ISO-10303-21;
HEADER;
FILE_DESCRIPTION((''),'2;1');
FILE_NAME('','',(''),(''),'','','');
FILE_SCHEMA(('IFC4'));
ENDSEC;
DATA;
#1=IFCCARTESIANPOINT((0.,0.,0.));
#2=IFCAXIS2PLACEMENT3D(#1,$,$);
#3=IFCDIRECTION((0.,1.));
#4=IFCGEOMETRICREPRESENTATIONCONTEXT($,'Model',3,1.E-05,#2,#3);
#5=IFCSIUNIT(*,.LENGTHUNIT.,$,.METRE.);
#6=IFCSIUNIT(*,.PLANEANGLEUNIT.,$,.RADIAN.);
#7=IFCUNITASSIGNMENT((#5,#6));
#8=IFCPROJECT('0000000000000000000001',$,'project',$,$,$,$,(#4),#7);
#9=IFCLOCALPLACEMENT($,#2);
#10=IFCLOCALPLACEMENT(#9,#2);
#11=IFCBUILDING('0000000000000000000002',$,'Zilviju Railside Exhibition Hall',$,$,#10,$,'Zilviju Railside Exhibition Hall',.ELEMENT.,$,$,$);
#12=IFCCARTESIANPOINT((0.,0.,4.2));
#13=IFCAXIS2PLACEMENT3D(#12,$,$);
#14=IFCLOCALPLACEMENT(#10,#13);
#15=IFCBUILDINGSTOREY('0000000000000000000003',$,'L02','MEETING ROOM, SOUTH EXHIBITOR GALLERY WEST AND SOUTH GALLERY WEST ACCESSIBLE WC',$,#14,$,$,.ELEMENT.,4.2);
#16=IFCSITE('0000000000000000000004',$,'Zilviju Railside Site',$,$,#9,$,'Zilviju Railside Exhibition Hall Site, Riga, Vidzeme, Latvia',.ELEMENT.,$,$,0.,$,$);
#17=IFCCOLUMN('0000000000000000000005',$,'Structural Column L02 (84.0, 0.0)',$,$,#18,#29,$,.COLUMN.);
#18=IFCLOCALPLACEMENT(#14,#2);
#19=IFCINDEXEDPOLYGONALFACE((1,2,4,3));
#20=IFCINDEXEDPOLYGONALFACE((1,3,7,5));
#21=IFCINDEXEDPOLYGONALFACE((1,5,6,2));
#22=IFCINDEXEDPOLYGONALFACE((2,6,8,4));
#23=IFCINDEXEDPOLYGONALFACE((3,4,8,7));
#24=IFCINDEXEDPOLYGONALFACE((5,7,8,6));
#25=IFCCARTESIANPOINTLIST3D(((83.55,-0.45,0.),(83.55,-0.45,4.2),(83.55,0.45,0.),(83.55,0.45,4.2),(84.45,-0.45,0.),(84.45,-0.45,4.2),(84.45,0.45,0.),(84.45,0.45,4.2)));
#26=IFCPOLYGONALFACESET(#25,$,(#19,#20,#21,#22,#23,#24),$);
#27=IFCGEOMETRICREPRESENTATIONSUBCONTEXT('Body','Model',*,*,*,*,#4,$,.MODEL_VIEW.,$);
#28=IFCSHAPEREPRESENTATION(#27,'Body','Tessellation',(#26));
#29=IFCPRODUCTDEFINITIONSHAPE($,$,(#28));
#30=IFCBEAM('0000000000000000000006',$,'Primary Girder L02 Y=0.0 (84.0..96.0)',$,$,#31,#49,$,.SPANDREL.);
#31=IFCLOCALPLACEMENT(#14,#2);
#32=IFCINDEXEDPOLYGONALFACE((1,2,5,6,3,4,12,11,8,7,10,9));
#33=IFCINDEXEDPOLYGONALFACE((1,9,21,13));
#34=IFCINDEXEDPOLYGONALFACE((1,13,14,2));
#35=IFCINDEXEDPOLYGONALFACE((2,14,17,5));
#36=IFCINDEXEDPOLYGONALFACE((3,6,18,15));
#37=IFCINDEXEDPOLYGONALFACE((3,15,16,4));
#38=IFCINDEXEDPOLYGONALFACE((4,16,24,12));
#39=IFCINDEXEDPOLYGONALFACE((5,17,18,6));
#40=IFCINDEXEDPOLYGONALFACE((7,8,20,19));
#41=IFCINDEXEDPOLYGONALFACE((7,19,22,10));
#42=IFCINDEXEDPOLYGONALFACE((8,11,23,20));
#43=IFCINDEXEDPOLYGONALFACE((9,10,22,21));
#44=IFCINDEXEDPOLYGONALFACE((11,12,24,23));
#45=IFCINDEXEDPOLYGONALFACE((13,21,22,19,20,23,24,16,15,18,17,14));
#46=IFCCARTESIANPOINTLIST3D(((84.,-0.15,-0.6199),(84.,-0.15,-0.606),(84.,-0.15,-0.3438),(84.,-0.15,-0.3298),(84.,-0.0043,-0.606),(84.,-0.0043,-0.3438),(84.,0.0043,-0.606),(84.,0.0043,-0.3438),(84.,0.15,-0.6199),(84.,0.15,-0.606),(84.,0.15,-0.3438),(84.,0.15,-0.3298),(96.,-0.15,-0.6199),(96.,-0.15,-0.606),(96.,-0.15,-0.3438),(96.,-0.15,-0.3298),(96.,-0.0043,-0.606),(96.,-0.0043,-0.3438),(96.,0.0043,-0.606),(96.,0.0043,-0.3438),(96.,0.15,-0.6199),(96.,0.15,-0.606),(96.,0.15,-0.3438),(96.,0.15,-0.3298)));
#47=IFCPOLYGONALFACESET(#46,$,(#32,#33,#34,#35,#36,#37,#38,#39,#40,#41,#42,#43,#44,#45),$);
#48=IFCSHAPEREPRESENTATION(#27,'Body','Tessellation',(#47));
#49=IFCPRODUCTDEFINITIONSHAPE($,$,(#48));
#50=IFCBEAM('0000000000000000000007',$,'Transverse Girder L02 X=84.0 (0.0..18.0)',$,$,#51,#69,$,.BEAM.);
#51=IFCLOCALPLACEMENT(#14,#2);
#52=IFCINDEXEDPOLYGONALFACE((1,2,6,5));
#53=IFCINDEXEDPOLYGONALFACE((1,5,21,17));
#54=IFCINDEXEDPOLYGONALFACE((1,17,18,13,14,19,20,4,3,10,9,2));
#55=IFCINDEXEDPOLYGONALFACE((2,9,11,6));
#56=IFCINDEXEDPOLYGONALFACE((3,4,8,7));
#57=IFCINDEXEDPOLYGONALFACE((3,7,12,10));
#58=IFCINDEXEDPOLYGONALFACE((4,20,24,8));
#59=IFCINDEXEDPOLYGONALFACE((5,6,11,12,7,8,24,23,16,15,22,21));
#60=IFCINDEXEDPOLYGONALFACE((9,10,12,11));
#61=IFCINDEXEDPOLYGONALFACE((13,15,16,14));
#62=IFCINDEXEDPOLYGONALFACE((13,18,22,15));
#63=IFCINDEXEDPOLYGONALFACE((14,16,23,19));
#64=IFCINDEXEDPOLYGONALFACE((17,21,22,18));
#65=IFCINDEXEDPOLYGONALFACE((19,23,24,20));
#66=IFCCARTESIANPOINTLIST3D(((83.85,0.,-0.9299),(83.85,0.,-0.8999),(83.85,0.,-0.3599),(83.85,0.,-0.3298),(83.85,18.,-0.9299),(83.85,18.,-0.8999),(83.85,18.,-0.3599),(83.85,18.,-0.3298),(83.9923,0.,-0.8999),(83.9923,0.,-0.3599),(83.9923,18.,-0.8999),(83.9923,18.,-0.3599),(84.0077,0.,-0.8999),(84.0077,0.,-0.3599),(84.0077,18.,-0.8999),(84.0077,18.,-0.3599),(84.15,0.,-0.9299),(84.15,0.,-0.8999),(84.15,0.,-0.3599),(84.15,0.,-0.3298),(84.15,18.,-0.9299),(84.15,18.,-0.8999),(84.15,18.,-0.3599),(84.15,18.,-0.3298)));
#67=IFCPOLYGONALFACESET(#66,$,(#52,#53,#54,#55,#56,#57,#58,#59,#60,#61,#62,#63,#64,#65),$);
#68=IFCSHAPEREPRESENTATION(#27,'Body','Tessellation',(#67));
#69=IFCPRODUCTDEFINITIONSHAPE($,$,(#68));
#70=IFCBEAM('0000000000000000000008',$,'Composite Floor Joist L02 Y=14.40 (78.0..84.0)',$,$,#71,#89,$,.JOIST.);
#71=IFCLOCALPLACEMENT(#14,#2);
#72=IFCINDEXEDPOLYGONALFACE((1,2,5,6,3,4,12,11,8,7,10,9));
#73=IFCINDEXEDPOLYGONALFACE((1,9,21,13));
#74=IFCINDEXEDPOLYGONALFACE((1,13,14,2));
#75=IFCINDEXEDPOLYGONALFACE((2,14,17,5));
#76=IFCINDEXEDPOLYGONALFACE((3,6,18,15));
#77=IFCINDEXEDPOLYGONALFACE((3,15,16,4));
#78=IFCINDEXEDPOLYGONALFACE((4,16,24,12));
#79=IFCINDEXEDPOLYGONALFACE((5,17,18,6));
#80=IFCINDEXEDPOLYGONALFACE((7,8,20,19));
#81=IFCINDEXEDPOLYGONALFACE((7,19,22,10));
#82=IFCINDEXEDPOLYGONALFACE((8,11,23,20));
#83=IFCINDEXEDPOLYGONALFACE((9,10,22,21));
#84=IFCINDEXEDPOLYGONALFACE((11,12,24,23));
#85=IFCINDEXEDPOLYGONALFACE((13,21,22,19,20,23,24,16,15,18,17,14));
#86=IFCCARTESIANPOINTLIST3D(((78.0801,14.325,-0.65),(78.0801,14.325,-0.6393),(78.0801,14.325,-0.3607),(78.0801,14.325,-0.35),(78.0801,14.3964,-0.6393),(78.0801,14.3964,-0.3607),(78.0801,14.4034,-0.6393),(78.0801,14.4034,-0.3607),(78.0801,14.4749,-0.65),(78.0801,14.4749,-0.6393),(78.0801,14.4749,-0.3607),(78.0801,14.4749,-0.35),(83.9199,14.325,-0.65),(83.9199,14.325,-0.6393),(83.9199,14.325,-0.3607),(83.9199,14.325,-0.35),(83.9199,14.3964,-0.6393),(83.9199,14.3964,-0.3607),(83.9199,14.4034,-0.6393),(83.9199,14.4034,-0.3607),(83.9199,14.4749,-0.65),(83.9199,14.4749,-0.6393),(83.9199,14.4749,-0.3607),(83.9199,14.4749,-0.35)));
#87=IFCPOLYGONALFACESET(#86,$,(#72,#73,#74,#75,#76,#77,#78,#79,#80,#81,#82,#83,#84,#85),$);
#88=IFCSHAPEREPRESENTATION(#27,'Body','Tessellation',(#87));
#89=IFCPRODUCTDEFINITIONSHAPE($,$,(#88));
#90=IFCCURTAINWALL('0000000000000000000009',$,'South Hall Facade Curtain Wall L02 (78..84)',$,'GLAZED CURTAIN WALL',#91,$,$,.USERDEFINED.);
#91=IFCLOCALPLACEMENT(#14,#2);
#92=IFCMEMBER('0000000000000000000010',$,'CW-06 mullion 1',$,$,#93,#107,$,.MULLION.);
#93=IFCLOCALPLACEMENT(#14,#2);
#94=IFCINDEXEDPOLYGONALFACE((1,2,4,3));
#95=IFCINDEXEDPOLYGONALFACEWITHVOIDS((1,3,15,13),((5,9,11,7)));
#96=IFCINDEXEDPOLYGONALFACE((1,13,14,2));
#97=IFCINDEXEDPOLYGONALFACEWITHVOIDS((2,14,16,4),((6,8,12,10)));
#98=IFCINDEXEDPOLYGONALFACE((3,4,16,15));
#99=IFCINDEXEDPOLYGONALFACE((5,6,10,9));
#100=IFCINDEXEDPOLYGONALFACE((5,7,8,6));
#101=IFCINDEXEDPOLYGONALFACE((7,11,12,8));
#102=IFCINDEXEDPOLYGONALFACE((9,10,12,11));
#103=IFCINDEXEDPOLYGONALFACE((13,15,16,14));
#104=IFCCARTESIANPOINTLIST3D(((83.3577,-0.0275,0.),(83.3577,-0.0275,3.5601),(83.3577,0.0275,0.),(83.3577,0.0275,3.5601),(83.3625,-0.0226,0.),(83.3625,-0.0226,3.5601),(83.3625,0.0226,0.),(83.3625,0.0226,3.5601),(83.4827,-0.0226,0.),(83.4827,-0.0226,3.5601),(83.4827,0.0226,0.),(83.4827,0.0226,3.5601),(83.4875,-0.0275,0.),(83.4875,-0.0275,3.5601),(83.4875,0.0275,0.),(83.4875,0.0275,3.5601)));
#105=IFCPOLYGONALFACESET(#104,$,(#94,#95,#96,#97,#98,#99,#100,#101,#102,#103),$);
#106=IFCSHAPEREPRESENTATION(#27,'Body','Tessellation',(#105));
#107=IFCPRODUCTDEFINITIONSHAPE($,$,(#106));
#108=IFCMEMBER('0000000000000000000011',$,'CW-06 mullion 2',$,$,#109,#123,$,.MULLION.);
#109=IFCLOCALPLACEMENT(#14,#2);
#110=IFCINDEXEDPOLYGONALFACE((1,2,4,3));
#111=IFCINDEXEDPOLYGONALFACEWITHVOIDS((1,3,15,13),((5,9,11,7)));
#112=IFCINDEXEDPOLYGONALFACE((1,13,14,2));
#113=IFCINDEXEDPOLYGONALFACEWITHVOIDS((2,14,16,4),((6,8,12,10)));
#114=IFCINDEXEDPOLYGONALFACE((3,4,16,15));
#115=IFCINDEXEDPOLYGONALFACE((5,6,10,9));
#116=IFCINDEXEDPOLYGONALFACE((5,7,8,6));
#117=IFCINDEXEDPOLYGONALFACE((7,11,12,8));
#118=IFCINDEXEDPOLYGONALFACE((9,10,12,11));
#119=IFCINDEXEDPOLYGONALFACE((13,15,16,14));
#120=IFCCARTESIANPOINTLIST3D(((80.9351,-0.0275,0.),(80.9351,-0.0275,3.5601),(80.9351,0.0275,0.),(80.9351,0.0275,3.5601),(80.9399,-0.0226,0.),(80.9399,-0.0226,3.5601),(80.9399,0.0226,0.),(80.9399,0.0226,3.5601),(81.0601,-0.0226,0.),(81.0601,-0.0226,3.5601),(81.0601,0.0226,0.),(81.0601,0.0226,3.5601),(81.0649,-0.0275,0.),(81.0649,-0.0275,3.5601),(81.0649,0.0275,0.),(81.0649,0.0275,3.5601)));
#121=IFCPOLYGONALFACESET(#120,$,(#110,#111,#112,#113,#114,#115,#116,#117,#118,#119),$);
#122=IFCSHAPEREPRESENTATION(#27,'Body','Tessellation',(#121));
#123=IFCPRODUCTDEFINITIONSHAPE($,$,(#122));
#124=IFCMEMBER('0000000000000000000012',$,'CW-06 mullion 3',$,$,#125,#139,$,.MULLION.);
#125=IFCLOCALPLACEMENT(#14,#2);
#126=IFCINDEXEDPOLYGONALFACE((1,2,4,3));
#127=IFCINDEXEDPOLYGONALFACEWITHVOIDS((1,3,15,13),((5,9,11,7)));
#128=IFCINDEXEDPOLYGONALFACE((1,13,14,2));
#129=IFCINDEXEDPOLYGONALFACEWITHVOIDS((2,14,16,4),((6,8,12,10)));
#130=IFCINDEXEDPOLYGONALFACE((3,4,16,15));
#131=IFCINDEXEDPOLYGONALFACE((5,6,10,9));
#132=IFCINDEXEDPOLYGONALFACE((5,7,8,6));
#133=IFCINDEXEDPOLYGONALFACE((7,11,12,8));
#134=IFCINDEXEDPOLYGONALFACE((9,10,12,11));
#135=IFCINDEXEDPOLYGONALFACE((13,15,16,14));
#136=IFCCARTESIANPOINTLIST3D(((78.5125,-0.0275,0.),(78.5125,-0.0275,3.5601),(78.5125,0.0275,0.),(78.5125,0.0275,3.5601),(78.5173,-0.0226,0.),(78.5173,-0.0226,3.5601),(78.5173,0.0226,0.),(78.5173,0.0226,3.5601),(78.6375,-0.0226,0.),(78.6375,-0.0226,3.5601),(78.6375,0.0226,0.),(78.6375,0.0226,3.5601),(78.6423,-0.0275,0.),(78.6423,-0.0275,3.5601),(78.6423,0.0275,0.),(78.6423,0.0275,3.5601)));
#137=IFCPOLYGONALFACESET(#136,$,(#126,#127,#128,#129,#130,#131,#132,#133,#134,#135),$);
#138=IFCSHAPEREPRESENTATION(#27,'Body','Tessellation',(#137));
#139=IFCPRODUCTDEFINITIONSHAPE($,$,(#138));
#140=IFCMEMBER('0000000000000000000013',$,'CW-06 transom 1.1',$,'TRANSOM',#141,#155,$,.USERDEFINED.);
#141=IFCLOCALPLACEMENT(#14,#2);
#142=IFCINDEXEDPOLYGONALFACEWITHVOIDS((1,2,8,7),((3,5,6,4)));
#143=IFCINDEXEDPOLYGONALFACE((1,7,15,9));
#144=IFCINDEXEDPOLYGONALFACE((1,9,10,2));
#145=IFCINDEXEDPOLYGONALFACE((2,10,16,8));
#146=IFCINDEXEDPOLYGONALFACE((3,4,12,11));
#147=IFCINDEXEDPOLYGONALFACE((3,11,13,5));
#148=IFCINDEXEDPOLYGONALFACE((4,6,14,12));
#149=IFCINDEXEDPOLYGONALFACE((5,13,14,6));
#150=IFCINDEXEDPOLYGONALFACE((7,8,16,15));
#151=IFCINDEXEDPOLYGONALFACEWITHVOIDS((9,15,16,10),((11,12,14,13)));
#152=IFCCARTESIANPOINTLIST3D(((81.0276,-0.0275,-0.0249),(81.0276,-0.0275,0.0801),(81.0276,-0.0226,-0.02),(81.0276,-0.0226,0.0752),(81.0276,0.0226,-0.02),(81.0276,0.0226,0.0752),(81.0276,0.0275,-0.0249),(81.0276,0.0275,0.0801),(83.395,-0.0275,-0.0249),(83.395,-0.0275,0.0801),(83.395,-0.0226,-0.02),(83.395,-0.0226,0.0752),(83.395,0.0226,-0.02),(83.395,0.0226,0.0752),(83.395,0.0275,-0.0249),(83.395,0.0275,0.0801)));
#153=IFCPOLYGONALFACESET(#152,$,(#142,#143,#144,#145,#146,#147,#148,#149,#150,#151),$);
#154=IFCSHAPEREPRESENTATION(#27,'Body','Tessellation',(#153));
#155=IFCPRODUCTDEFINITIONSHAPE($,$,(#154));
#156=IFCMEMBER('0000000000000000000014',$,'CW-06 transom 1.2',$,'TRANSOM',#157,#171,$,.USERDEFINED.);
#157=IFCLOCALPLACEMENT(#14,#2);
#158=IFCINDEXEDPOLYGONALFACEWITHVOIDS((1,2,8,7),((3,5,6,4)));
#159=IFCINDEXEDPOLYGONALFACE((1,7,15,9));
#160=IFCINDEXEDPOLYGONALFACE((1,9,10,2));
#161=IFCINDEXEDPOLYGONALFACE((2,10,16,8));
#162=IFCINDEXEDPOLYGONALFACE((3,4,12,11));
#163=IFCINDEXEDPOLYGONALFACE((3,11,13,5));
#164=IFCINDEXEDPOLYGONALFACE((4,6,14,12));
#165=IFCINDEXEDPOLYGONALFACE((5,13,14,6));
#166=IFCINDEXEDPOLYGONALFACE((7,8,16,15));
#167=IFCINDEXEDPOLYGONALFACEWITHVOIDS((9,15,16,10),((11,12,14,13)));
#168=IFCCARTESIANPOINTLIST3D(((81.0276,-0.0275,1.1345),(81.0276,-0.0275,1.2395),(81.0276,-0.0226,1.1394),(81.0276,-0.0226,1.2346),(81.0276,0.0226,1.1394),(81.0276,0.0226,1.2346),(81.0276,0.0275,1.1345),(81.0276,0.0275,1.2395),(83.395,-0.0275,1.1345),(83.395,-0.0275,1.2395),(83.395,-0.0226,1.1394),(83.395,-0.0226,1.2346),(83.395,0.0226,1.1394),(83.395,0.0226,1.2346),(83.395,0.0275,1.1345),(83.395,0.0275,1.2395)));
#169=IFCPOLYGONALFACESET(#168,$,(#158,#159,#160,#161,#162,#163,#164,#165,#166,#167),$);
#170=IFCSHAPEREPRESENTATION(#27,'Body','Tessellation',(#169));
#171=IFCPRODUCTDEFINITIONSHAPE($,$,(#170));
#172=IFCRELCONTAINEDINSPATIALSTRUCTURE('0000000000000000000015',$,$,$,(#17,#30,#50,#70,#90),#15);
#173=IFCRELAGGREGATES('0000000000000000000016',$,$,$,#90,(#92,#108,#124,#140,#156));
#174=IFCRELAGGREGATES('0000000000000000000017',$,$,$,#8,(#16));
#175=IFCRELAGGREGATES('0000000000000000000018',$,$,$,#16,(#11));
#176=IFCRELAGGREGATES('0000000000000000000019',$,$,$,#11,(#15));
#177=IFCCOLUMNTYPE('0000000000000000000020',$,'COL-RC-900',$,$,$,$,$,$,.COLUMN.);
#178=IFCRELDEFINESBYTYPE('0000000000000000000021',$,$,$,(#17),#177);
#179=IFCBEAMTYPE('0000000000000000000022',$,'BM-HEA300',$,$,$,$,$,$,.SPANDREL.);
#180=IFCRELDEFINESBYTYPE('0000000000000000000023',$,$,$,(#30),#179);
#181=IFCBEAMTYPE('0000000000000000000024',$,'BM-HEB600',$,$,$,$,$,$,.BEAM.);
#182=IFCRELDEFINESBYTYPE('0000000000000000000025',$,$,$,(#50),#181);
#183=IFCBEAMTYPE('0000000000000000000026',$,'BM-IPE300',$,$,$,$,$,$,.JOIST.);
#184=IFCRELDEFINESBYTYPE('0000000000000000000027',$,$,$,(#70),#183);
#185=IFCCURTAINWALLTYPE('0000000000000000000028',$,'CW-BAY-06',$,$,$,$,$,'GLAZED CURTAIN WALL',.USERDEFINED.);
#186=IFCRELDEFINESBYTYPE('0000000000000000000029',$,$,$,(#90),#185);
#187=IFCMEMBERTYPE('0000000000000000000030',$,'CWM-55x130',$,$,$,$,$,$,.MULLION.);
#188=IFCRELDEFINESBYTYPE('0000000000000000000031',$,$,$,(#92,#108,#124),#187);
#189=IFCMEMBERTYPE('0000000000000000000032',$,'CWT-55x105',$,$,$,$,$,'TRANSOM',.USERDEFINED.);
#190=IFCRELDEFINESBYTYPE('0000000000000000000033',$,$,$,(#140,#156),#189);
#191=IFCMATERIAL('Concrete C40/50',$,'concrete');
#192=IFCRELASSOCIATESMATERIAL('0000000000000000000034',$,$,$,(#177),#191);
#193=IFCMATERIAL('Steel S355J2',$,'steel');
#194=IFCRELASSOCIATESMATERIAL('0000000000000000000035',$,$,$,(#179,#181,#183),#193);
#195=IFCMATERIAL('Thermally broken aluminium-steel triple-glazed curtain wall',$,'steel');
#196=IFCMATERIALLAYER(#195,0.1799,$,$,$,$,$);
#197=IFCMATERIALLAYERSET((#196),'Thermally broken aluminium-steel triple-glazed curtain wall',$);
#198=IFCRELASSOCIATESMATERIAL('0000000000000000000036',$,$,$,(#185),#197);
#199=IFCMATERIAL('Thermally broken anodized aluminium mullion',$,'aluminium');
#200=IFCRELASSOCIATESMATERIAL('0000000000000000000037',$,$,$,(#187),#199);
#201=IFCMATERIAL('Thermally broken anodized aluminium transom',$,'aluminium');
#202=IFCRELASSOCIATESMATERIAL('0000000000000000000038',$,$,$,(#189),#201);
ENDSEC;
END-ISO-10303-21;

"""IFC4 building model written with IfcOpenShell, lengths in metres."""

from ifc_helpers import new_model, si_unit, direction, frame, origin, origin_2d, place, context, subcontext, project, spatial, rectangle, hollow_rectangle, i_section, extrude, material, layer, layer_set, material_profile, profile_set, type_object, element, aggregate, save


model = new_model("IFC4")

# Units and contexts
model_context = context("Model", 3, precision=1e-05, world=origin(), true_north=direction((0.0, 1.0)))
body_context = subcontext(model_context, "Body", "Model", "MODEL_VIEW")
ifc_project = project(units=[si_unit("LENGTHUNIT", "METRE"), si_unit("PLANEANGLEUNIT", "RADIAN")], contexts=[model_context])

# Site, building, storey
site_placement = place(None, origin())
site = spatial("IfcSite", under=ifc_project, at=site_placement, Name="Zilviju Railside Site", LongName="Zilviju Railside Exhibition Hall Site, Riga, Vidzeme, Latvia", CompositionType="ELEMENT", RefElevation=0.0)
building_placement = place(site_placement, origin())
building = spatial("IfcBuilding", under=site, at=building_placement, Name="Zilviju Railside Exhibition Hall", LongName="Zilviju Railside Exhibition Hall", CompositionType="ELEMENT")
storey_placement = place(building_placement, frame((0.0, 0.0, 4.2)))
storey = spatial("IfcBuildingStorey", under=building, at=storey_placement, Name="L02", Description="MEETING ROOM, SOUTH EXHIBITOR GALLERY WEST AND SOUTH GALLERY WEST ACCESSIBLE WC", CompositionType="ELEMENT", Elevation=4.2)

# Column
ifc_material_1 = material(Name="Concrete C40/50", Category="concrete")
ifc_material_profile_1 = material_profile(ifc_material_1, rectangle(XDim=0.8999, YDim=0.8999, at=origin_2d()), Name="RC COL 900x900")
ifc_profile_set_1 = profile_set([ifc_material_profile_1], Name="Concrete C40/50")
column_type = type_object("IfcColumnType", Name="COL-RC-900", PredefinedType="COLUMN", material=ifc_profile_set_1)
column_placement = place(storey_placement, frame((84.0, 0.0, 0.0), z_axis=(0.0, 0.0, 1.0), x_axis=(1.0, 0.0, 0.0)))
element("IfcColumn", 1, at=column_placement, inside=storey, type_object=column_type, Name="Structural Column L02 (84.0, 0.0)", PredefinedType="COLUMN", context=body_context, shape_type="SweptSolid", body=[
    extrude(rectangle(XDim=0.8999, YDim=0.8999, at=origin_2d()), origin(), (0.0, 0.0, 1.0), 4.2),
])

# Beams
ifc_material_2 = material(Name="Steel S355J2", Category="steel")
ifc_material_profile_2 = material_profile(ifc_material_2, i_section(OverallWidth=0.3, OverallDepth=0.29, WebThickness=0.0085, FlangeThickness=0.0139, at=origin_2d()), Name="HEA 300")
ifc_profile_set_2 = profile_set([ifc_material_profile_2], Name="Steel S355J2")
beam_type_1 = type_object("IfcBeamType", Name="BM-HEA300", PredefinedType="SPANDREL", material=ifc_profile_set_2)
beam_1_placement = place(storey_placement, frame((84.0, 0.0, -0.4749), z_axis=(1.0, 0.0, 0.0), x_axis=(0.0, 1.0, 0.0)))
element("IfcBeam", 2, at=beam_1_placement, inside=storey, type_object=beam_type_1, Name="Primary Girder L02 Y=0.0 (84.0..96.0)", PredefinedType="SPANDREL", context=body_context, shape_type="SweptSolid", body=[
    extrude(i_section(OverallWidth=0.3, OverallDepth=0.29, WebThickness=0.0085, FlangeThickness=0.0139, at=origin_2d()), origin(), (0.0, 0.0, 1.0), 12.0),
])
ifc_material_profile_3 = material_profile(ifc_material_2, i_section(OverallWidth=0.3, OverallDepth=0.6001, WebThickness=0.0154, FlangeThickness=0.03, at=origin_2d()), Name="HEB 600")
ifc_profile_set_3 = profile_set([ifc_material_profile_3], Name="Steel S355J2")
beam_type_2 = type_object("IfcBeamType", Name="BM-HEB600", PredefinedType="BEAM", material=ifc_profile_set_3)
beam_2_placement = place(storey_placement, frame((84.0, 0.0, -0.6299), z_axis=(0.0, 1.0, 0.0), x_axis=(-1.0, 0.0, 0.0)))
element("IfcBeam", 3, at=beam_2_placement, inside=storey, type_object=beam_type_2, Name="Transverse Girder L02 X=84.0 (0.0..18.0)", PredefinedType="BEAM", context=body_context, shape_type="SweptSolid", body=[
    extrude(i_section(OverallWidth=0.3, OverallDepth=0.6001, WebThickness=0.0154, FlangeThickness=0.03, at=origin_2d()), origin(), (0.0, 0.0, 1.0), 18.0),
])
ifc_material_profile_4 = material_profile(ifc_material_2, i_section(OverallWidth=0.1499, OverallDepth=0.3, WebThickness=0.0071, FlangeThickness=0.0107, at=origin_2d()), Name="IPE 300")
ifc_profile_set_4 = profile_set([ifc_material_profile_4], Name="Steel S355J2")
beam_type_3 = type_object("IfcBeamType", Name="BM-IPE300", PredefinedType="JOIST", material=ifc_profile_set_4)
beam_3_placement = place(storey_placement, frame((78.0801, 14.3999, -0.5), z_axis=(1.0, 0.0, 0.0), x_axis=(0.0, 1.0, 0.0)))
element("IfcBeam", 4, at=beam_3_placement, inside=storey, type_object=beam_type_3, Name="Composite Floor Joist L02 Y=14.40 (78.0..84.0)", PredefinedType="JOIST", context=body_context, shape_type="SweptSolid", body=[
    extrude(i_section(OverallWidth=0.1499, OverallDepth=0.3, WebThickness=0.0071, FlangeThickness=0.0107, at=origin_2d()), origin(), (0.0, 0.0, 1.0), 5.8398),
])

# Curtain wall, members
ifc_material_3 = material(Name="Thermally broken aluminium-steel triple-glazed curtain wall", Category="steel")
ifc_layer_1 = layer(ifc_material_3, 0.1799)
ifc_layer_set_1 = layer_set([ifc_layer_1], Name="Thermally broken aluminium-steel triple-glazed curtain wall")
curtain_wall_type = type_object("IfcCurtainWallType", Name="CW-BAY-06", ElementType="GLAZED CURTAIN WALL", PredefinedType="USERDEFINED", material=ifc_layer_set_1)
curtain_wall_placement = place(storey_placement, origin())
curtain_wall = element("IfcCurtainWall", 5, at=curtain_wall_placement, inside=storey, type_object=curtain_wall_type, Name="South Hall Facade Curtain Wall L02 (78..84)", ObjectType="GLAZED CURTAIN WALL", PredefinedType="USERDEFINED")
ifc_material_4 = material(Name="Thermally broken anodized aluminium mullion", Category="aluminium")
ifc_material_profile_5 = material_profile(ifc_material_4, hollow_rectangle(XDim=0.0549, YDim=0.1299, WallThickness=0.0049, at=origin_2d()), Name="MULLION 130x55x5")
ifc_profile_set_5 = profile_set([ifc_material_profile_5], Name="Thermally broken anodized aluminium mullion")
member_type_1 = type_object("IfcMemberType", Name="CWM-55x130", PredefinedType="MULLION", material=ifc_profile_set_5)
member_1_placement = place(storey_placement, frame((83.4226, 0.0, 0.0), z_axis=(0.0, 0.0, 1.0), x_axis=(0.0, -1.0, 0.0)))
member_1 = element("IfcMember", 6, at=member_1_placement, type_object=member_type_1, Name="CW-06 mullion 1", PredefinedType="MULLION", context=body_context, shape_type="SweptSolid", body=[
    extrude(hollow_rectangle(XDim=0.0549, YDim=0.1299, WallThickness=0.0049, at=origin_2d()), origin(), (0.0, 0.0, 1.0), 3.5601),
])
member_2_placement = place(storey_placement, frame((81.0, 0.0, 0.0), z_axis=(0.0, 0.0, 1.0), x_axis=(0.0, -1.0, 0.0)))
member_2 = element("IfcMember", 7, at=member_2_placement, type_object=member_type_1, Name="CW-06 mullion 2", PredefinedType="MULLION", context=body_context, shape_type="SweptSolid", body=[
    extrude(hollow_rectangle(XDim=0.0549, YDim=0.1299, WallThickness=0.0049, at=origin_2d()), origin(), (0.0, 0.0, 1.0), 3.5601),
])
member_3_placement = place(storey_placement, frame((78.5774, 0.0, 0.0), z_axis=(0.0, 0.0, 1.0), x_axis=(0.0, -1.0, 0.0)))
member_3 = element("IfcMember", 8, at=member_3_placement, type_object=member_type_1, Name="CW-06 mullion 3", PredefinedType="MULLION", context=body_context, shape_type="SweptSolid", body=[
    extrude(hollow_rectangle(XDim=0.0549, YDim=0.1299, WallThickness=0.0049, at=origin_2d()), origin(), (0.0, 0.0, 1.0), 3.5601),
])
ifc_material_5 = material(Name="Thermally broken anodized aluminium transom", Category="aluminium")
ifc_material_profile_6 = material_profile(ifc_material_5, hollow_rectangle(XDim=0.0549, YDim=0.105, WallThickness=0.0049, at=origin_2d()), Name="TRANSOM 105x55x5")
ifc_profile_set_6 = profile_set([ifc_material_profile_6], Name="Thermally broken anodized aluminium transom")
member_type_2 = type_object("IfcMemberType", Name="CWT-55x105", ElementType="TRANSOM", PredefinedType="USERDEFINED", material=ifc_profile_set_6)
member_4_placement = place(storey_placement, frame((83.395, 0.0, 0.0276), z_axis=(-1.0, 0.0, 0.0), x_axis=(0.0, -1.0, 0.0)))
member_4 = element("IfcMember", 9, at=member_4_placement, type_object=member_type_2, Name="CW-06 transom 1.1", ObjectType="TRANSOM", PredefinedType="USERDEFINED", context=body_context, shape_type="SweptSolid", body=[
    extrude(hollow_rectangle(XDim=0.0549, YDim=0.105, WallThickness=0.0049, at=origin_2d()), origin(), (0.0, 0.0, 1.0), 2.3674),
])
member_5_placement = place(storey_placement, frame((83.395, 0.0, 1.187), z_axis=(-1.0, 0.0, 0.0), x_axis=(0.0, -1.0, 0.0)))
member_5 = element("IfcMember", 10, at=member_5_placement, type_object=member_type_2, Name="CW-06 transom 1.2", ObjectType="TRANSOM", PredefinedType="USERDEFINED", context=body_context, shape_type="SweptSolid", body=[
    extrude(hollow_rectangle(XDim=0.0549, YDim=0.105, WallThickness=0.0049, at=origin_2d()), origin(), (0.0, 0.0, 1.0), 2.3674),
])
aggregate(curtain_wall, [member_1, member_2, member_3, member_4, member_5])

save(model, "model.ifc")
